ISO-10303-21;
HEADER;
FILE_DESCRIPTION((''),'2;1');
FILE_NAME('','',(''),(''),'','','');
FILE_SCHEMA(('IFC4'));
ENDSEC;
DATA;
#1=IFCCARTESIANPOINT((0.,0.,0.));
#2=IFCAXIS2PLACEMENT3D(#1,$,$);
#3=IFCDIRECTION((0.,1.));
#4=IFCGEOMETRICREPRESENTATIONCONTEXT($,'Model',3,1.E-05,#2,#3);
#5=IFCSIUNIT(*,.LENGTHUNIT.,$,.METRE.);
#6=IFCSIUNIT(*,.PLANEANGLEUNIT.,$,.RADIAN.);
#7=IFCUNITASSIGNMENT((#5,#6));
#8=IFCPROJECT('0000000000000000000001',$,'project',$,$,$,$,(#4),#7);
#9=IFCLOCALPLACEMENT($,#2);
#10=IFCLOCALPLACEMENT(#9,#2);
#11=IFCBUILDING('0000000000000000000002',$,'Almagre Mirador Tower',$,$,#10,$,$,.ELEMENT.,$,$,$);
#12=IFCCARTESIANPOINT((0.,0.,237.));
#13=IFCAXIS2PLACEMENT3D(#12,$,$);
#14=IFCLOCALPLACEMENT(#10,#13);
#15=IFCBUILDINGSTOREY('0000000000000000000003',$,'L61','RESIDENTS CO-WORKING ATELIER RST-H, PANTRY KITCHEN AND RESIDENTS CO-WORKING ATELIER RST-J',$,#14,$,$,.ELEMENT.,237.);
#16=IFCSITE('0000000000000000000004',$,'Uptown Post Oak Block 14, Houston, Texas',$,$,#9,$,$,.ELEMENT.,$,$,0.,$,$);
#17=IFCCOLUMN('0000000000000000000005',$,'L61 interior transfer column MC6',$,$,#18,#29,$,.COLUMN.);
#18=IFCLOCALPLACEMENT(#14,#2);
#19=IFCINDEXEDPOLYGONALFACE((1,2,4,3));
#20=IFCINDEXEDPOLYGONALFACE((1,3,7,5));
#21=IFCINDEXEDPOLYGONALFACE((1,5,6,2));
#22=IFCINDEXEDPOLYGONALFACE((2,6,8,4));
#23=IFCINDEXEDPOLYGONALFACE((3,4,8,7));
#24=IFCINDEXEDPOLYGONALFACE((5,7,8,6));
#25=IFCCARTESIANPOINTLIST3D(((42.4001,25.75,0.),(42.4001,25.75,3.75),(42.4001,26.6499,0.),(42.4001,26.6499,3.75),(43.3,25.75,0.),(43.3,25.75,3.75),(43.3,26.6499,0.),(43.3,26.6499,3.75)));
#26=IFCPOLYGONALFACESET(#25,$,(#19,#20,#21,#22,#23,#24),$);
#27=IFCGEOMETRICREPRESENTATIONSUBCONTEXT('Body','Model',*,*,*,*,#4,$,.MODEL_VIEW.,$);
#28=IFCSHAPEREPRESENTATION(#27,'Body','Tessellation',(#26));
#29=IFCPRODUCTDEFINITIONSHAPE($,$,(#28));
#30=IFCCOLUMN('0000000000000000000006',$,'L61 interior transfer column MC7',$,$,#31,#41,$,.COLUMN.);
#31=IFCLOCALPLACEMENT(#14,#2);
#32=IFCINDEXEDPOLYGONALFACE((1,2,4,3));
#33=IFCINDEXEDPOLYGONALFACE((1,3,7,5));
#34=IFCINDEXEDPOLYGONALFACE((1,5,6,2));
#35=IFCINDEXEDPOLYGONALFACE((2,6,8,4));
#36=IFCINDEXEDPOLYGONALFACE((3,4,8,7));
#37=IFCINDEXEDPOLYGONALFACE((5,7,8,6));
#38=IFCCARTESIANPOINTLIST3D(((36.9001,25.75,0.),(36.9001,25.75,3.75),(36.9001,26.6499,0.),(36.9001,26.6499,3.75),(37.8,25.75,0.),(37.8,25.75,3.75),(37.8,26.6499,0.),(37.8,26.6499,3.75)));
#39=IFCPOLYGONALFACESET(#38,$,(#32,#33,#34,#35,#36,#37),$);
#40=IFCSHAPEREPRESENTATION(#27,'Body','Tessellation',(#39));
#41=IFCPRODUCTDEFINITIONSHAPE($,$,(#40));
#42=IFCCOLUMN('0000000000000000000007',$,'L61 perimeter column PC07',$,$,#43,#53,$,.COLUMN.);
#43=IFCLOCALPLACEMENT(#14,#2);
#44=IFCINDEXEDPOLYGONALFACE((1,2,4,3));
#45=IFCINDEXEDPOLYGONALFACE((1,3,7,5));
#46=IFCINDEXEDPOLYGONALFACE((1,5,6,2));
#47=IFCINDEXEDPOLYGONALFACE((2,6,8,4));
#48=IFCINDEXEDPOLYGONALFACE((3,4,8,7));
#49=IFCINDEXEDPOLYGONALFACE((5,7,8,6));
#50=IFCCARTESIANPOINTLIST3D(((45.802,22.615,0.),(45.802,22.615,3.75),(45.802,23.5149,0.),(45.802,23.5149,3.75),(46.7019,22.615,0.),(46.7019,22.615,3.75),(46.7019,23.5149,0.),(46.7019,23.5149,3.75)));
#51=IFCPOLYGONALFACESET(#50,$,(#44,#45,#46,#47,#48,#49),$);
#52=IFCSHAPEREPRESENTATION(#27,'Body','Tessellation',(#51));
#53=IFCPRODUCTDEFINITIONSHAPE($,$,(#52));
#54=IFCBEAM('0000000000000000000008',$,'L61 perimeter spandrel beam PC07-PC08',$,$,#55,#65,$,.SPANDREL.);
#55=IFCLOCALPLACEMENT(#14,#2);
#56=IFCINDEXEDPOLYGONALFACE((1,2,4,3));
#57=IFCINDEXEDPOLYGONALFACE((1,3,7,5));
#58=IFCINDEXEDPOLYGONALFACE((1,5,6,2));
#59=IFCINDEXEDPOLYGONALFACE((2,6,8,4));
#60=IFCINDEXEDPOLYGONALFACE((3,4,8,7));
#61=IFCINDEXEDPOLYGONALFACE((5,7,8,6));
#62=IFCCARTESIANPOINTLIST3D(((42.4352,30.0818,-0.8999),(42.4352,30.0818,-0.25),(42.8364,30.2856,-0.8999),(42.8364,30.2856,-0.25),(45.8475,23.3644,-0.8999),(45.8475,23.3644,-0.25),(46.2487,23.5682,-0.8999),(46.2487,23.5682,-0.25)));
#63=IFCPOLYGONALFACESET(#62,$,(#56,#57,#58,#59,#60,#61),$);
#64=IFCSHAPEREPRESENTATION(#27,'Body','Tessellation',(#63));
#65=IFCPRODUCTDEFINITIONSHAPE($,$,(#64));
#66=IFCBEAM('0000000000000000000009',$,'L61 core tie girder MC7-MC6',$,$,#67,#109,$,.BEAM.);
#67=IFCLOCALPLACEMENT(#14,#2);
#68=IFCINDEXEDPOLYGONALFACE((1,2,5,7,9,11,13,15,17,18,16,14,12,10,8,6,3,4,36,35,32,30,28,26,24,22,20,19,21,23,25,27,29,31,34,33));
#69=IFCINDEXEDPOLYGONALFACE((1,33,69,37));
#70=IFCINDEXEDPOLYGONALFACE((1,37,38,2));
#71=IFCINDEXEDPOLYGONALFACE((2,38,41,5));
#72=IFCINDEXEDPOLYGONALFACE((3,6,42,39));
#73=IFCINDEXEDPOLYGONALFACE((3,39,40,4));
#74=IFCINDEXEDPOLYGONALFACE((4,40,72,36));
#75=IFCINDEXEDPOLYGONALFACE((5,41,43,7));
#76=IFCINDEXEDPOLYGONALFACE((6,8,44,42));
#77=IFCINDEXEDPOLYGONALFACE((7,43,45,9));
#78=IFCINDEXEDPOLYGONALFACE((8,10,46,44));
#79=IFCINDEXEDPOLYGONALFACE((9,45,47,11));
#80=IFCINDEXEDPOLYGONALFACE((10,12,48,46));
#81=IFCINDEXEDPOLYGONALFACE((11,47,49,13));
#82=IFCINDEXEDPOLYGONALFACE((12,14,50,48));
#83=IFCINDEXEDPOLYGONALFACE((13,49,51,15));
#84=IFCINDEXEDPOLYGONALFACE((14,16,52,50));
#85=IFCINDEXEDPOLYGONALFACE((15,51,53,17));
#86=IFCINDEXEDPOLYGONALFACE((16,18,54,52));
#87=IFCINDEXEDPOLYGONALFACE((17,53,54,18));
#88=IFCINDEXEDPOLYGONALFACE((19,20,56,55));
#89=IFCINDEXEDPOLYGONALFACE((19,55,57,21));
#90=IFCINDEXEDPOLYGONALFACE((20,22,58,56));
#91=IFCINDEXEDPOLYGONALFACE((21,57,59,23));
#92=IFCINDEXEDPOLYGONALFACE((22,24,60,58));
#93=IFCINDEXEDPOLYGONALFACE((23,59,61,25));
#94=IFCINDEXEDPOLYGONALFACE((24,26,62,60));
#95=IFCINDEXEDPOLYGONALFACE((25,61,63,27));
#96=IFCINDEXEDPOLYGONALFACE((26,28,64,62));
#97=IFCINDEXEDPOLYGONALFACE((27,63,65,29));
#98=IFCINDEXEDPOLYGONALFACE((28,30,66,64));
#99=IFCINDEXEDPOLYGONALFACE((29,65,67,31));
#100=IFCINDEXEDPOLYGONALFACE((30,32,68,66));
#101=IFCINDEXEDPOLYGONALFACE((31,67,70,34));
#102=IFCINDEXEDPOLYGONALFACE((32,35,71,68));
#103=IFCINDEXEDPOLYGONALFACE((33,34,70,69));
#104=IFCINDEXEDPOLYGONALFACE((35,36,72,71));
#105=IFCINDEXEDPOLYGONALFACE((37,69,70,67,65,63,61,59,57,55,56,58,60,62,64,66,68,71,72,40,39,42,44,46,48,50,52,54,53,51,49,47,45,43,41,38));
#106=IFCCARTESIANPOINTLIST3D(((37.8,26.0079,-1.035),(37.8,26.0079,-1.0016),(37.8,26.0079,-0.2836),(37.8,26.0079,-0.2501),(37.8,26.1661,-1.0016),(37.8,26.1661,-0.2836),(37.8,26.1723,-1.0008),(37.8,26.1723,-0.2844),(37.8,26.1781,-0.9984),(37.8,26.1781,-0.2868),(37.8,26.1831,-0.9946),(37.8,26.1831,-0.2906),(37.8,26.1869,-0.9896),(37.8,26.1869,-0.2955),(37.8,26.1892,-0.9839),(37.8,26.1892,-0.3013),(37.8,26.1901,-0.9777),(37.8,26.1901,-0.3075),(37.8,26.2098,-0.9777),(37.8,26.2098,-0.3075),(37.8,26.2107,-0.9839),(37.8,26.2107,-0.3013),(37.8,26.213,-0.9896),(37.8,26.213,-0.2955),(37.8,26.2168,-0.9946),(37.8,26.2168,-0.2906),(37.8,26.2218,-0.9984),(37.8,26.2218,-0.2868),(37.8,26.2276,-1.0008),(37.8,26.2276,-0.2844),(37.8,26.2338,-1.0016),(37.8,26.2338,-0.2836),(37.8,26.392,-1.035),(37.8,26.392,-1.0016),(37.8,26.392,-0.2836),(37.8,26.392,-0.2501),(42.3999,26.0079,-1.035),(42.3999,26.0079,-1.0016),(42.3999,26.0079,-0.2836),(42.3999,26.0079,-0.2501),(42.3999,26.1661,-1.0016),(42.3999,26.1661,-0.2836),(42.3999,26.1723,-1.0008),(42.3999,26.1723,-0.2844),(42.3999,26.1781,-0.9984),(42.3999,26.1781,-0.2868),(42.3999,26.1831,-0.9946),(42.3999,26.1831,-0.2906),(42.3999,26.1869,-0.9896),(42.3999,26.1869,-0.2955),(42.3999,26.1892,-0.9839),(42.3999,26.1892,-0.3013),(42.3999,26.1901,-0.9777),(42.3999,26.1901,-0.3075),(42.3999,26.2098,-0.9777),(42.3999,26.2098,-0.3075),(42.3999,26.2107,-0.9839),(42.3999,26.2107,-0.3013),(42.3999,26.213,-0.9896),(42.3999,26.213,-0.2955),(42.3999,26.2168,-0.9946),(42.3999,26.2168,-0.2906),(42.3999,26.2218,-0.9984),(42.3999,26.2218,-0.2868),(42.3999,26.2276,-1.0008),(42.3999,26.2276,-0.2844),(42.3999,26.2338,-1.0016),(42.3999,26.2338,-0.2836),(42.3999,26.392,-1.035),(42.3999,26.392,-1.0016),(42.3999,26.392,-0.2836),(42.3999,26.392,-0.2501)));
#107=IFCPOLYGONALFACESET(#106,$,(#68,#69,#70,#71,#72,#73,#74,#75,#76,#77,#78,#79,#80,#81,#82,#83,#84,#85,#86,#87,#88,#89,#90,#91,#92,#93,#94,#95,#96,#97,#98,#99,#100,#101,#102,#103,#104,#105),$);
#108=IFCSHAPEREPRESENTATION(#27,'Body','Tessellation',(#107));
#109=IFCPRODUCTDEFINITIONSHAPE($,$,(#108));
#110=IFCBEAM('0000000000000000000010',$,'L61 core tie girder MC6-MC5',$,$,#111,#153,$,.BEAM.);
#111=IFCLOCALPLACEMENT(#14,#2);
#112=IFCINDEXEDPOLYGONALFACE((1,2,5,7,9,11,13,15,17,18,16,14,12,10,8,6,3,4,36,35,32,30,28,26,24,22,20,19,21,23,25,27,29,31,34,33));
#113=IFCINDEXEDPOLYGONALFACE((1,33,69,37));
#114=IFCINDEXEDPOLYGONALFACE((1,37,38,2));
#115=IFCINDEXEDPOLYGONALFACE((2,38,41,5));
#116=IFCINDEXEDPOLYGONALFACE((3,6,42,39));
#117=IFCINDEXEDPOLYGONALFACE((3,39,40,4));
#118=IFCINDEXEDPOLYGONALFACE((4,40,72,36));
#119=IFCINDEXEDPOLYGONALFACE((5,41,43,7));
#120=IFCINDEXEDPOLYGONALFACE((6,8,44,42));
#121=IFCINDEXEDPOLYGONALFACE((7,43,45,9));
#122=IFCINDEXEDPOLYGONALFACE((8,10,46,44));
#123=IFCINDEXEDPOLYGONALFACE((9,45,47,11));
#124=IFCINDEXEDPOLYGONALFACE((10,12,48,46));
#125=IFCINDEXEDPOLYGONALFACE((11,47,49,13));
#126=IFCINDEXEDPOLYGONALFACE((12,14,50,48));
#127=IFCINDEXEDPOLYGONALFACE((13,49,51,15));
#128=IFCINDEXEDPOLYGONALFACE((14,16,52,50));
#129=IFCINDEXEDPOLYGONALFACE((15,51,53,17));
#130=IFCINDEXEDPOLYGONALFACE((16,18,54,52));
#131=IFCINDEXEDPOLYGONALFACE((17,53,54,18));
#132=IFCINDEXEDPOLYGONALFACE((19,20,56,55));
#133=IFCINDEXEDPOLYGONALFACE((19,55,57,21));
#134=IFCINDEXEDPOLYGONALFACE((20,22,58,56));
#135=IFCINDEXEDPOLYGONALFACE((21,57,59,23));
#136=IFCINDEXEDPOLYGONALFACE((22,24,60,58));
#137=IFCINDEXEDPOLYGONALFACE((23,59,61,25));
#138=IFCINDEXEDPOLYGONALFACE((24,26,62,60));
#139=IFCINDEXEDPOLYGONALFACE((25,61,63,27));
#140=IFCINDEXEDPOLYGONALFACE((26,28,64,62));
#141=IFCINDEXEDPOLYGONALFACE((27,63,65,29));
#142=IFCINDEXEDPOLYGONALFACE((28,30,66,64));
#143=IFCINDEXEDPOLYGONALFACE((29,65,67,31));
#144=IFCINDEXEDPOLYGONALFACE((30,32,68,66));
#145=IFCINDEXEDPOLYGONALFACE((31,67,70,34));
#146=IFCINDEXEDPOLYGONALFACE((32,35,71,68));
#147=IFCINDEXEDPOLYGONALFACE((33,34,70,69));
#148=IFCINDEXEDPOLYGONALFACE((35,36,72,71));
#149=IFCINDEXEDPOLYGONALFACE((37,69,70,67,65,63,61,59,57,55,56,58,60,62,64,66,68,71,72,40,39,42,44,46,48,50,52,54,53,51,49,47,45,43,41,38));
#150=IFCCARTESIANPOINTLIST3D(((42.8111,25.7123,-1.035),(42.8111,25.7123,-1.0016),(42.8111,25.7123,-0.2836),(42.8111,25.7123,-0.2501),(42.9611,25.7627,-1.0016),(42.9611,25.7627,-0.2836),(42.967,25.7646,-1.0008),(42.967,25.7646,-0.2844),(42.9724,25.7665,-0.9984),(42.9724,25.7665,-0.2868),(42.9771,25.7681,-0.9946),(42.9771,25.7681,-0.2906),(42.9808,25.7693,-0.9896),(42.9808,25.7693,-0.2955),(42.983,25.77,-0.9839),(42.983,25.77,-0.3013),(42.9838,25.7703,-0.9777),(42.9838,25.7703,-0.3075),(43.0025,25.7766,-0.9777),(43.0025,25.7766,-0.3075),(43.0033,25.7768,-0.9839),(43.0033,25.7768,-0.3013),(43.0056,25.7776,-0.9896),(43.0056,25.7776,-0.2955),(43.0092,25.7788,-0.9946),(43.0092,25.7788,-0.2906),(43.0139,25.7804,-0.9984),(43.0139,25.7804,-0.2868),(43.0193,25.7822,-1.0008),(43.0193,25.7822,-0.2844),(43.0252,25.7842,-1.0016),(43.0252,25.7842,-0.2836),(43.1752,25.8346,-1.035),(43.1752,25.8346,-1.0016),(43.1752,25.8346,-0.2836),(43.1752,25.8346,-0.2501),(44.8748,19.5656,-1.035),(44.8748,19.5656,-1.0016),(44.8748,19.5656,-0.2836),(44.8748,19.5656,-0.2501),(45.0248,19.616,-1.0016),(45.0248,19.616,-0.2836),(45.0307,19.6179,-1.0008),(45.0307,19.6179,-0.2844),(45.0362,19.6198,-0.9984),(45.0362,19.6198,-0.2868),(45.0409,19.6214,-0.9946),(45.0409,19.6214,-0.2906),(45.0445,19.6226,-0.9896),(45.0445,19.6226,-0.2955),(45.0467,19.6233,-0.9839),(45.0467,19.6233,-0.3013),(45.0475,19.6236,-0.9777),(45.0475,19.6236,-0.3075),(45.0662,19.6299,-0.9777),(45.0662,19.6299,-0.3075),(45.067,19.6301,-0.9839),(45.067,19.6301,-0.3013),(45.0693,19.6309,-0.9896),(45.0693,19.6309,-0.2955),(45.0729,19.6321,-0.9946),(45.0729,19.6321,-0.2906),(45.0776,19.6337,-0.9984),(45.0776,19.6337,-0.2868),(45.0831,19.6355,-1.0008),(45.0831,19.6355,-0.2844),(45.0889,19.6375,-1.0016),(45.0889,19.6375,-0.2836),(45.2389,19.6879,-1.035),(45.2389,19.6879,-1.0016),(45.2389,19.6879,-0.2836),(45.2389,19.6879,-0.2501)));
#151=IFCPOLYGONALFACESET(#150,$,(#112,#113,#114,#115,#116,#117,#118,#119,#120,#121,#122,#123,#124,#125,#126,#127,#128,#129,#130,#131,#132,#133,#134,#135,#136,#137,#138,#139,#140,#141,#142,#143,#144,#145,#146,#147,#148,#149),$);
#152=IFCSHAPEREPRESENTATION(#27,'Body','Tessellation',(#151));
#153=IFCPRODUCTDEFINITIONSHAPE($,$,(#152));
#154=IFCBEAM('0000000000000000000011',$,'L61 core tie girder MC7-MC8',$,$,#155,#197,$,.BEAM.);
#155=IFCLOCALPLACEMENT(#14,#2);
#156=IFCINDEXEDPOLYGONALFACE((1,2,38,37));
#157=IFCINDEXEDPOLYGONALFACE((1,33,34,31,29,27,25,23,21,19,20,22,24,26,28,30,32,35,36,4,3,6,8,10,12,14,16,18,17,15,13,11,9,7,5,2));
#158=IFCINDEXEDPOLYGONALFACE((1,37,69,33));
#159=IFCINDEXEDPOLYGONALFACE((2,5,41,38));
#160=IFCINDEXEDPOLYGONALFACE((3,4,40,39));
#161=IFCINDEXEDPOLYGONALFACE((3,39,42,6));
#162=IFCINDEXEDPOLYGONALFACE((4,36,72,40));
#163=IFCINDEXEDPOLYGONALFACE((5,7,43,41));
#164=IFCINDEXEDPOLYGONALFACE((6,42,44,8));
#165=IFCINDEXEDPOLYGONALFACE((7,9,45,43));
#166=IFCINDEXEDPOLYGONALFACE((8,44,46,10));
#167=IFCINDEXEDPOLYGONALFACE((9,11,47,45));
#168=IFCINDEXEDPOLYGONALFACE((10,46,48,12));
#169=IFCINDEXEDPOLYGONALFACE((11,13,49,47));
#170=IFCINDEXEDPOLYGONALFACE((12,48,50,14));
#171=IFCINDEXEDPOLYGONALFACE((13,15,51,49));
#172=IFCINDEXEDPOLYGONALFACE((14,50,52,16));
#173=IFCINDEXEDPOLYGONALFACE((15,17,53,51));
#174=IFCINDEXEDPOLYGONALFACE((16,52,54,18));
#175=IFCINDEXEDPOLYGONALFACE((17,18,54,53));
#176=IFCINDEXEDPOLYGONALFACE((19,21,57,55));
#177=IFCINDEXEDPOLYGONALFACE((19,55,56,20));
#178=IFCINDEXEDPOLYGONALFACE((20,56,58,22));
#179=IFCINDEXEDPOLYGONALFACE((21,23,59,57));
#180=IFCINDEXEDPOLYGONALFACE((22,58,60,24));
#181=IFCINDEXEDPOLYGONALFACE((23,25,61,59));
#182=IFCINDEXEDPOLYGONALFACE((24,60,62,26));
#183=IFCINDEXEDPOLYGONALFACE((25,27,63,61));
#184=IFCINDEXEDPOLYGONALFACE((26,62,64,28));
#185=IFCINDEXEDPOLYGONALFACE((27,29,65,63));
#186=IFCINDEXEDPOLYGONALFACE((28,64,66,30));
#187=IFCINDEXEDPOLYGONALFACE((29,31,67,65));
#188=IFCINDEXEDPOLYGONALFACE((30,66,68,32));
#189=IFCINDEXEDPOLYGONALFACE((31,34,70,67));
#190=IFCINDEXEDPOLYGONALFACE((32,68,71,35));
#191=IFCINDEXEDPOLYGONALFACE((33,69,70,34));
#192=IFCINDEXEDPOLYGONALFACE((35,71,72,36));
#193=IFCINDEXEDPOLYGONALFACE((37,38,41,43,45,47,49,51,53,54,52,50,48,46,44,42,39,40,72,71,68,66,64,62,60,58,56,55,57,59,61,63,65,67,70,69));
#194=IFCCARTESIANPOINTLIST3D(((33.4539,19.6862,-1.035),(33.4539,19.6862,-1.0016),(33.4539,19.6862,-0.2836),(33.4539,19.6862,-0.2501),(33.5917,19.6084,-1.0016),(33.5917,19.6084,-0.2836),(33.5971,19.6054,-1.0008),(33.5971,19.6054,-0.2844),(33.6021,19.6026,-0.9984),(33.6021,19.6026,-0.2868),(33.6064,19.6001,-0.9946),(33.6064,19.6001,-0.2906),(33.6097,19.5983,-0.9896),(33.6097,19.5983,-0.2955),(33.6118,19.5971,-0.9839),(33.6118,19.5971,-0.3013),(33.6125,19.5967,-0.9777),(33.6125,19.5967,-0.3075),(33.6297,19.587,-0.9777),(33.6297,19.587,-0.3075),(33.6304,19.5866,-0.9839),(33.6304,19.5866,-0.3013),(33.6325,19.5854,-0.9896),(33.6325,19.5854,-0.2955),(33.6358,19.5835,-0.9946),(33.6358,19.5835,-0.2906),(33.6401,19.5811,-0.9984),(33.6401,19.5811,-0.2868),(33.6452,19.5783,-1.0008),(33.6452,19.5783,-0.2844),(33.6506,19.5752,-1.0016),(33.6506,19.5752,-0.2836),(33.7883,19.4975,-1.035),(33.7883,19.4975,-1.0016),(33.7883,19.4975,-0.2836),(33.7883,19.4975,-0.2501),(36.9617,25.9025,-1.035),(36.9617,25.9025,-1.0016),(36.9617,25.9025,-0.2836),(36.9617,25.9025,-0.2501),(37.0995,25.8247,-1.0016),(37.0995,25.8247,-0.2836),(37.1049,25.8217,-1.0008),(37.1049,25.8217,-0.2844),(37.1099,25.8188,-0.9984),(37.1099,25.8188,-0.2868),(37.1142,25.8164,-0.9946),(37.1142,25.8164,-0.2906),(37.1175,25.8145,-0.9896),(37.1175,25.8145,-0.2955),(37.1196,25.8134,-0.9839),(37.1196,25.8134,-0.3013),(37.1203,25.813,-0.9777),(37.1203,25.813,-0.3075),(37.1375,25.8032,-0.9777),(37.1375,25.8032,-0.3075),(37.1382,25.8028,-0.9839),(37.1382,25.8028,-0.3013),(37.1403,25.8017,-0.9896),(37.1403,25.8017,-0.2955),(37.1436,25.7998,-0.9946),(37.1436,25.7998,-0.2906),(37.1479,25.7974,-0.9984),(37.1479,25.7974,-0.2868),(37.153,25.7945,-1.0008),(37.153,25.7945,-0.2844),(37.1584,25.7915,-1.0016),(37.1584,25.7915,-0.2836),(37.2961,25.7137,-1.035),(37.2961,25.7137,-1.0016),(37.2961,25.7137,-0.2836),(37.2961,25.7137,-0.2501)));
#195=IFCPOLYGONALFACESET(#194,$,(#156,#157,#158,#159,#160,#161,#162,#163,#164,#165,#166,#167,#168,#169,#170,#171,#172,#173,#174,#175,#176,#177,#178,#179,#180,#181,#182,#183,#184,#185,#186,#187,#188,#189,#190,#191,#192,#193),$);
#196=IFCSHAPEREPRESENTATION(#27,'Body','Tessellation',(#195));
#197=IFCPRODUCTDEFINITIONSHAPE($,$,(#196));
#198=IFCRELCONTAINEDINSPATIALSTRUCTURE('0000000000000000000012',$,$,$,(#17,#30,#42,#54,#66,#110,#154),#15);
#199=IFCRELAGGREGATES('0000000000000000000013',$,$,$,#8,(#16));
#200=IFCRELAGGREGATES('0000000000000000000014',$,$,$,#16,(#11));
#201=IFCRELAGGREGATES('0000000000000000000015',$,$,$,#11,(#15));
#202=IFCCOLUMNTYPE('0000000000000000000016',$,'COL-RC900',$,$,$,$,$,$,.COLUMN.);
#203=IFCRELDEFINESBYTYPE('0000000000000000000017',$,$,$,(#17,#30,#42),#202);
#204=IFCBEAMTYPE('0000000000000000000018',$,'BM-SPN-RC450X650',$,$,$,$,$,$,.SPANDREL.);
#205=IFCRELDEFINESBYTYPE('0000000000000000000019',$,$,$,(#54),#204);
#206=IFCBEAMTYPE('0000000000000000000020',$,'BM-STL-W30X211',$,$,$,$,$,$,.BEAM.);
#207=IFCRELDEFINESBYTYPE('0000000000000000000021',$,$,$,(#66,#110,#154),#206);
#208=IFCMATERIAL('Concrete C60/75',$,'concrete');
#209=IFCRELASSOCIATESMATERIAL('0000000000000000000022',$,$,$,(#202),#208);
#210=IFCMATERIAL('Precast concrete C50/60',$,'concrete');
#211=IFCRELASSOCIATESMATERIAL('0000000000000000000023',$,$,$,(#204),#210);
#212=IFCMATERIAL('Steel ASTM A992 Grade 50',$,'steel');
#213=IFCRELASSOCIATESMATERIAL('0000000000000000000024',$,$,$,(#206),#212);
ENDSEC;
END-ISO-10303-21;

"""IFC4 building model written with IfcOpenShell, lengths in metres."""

from ifc_helpers import new_model, si_unit, direction, frame, origin, origin_2d, place, context, subcontext, project, spatial, rectangle, i_section, extrude, material, material_profile, profile_set, type_object, element, save


model = new_model("IFC4")

# Units and contexts
model_context = context("Model", 3, precision=1e-05, world=origin(), true_north=direction((0.0, 1.0)))
body_context = subcontext(model_context, "Body", "Model", "MODEL_VIEW")
ifc_project = project(units=[si_unit("LENGTHUNIT", "METRE"), si_unit("PLANEANGLEUNIT", "RADIAN")], contexts=[model_context])

# Site, building, storey
site_placement = place(None, origin())
site = spatial("IfcSite", under=ifc_project, at=site_placement, Name="Uptown Post Oak Block 14, Houston, Texas", CompositionType="ELEMENT", RefElevation=0.0)
building_placement = place(site_placement, origin())
building = spatial("IfcBuilding", under=site, at=building_placement, Name="Almagre Mirador Tower", CompositionType="ELEMENT")
storey_placement = place(building_placement, frame((0.0, 0.0, 237.0)))
storey = spatial("IfcBuildingStorey", under=building, at=storey_placement, Name="L61", Description="RESIDENTS CO-WORKING ATELIER RST-H, PANTRY KITCHEN AND RESIDENTS CO-WORKING ATELIER RST-J", CompositionType="ELEMENT", Elevation=237.0)

# Columns
ifc_material_1 = material(Name="Concrete C60/75", Category="concrete")
ifc_material_profile_1 = material_profile(ifc_material_1, rectangle(XDim=0.8999, YDim=0.8999, at=origin_2d()), Name="RC900X900")
ifc_profile_set_1 = profile_set([ifc_material_profile_1], Name="Concrete C60/75")
column_type = type_object("IfcColumnType", Name="COL-RC900", PredefinedType="COLUMN", material=ifc_profile_set_1)
for number, where, z_axis, x_axis, name in (
    (1, (42.8501, 26.2, 0.0), (0.0, 0.0, 1.0), (1.0, 0.0, 0.0), "L61 interior transfer column MC6"),
    (2, (37.3501, 26.2, 0.0), (0.0, 0.0, 1.0), (1.0, 0.0, 0.0), "L61 interior transfer column MC7"),
    (3, (46.252, 23.0649, 0.0), (0.0, 0.0, 1.0), (1.0, 0.0, 0.0), "L61 perimeter column PC07"),
):
    element("IfcColumn", number, at=place(storey_placement, frame(where, z_axis=z_axis, x_axis=x_axis)), inside=storey, type_object=column_type, Name=name, PredefinedType="COLUMN", context=body_context, shape_type="SweptSolid", body=[
        extrude(rectangle(XDim=0.8999, YDim=0.8999, at=origin_2d()), origin(), (0.0, 0.0, 1.0), 3.75),
    ])

# Beams
ifc_material_2 = material(Name="Precast concrete C50/60", Category="concrete")
ifc_material_profile_2 = material_profile(ifc_material_2, rectangle(XDim=0.45, YDim=0.6499, at=origin_2d()), Name="RC450X650")
ifc_profile_set_2 = profile_set([ifc_material_profile_2], Name="Precast concrete C50/60")
beam_type_1 = type_object("IfcBeamType", Name="BM-SPN-RC450X650", PredefinedType="SPANDREL", material=ifc_profile_set_2)
beam_1_placement = place(storey_placement, frame((46.0481, 23.4663, -0.575), z_axis=(-0.452894, 0.891564, 0.0), x_axis=(-0.891564, -0.452894, 0.0)))
element("IfcBeam", 4, at=beam_1_placement, inside=storey, type_object=beam_type_1, Name="L61 perimeter spandrel beam PC07-PC08", PredefinedType="SPANDREL", context=body_context, shape_type="SweptSolid", body=[
    extrude(rectangle(XDim=0.45, YDim=0.6499, at=origin_2d()), origin(), (0.0, 0.0, 1.0), 7.5344),
])
ifc_material_3 = material(Name="Steel ASTM A992 Grade 50", Category="steel")
ifc_material_profile_3 = material_profile(ifc_material_3, i_section(OverallWidth=0.384, OverallDepth=0.7849, WebThickness=0.0198, FlangeThickness=0.0334, FilletRadius=0.0239, at=origin_2d()), Name="W30X211")
ifc_profile_set_3 = profile_set([ifc_material_profile_3], Name="Steel ASTM A992 Grade 50")
beam_type_2 = type_object("IfcBeamType", Name="BM-STL-W30X211", PredefinedType="BEAM", material=ifc_profile_set_3)
beam_2_placement = place(storey_placement, frame((37.8, 26.2, -0.6426), z_axis=(1.0, 0.0, 0.0), x_axis=(0.0, 1.0, 0.0)))
element("IfcBeam", 5, at=beam_2_placement, inside=storey, type_object=beam_type_2, Name="L61 core tie girder MC7-MC6", PredefinedType="BEAM", context=body_context, shape_type="SweptSolid", body=[
    extrude(i_section(OverallWidth=0.384, OverallDepth=0.7849, WebThickness=0.0198, FlangeThickness=0.0334, FilletRadius=0.0239, at=origin_2d()), origin(), (0.0, 0.0, 1.0), 4.5999),
])
beam_3_placement = place(storey_placement, frame((42.9932, 25.7734, -0.6426), z_axis=(0.318283, -0.947996, 0.0), x_axis=(0.947996, 0.318283, 0.0)))
element("IfcBeam", 6, at=beam_3_placement, inside=storey, type_object=beam_type_2, Name="L61 core tie girder MC6-MC5", PredefinedType="BEAM", context=body_context, shape_type="SweptSolid", body=[
    extrude(i_section(OverallWidth=0.384, OverallDepth=0.7849, WebThickness=0.0198, FlangeThickness=0.0334, FilletRadius=0.0239, at=origin_2d()), origin(), (0.0, 0.0, 1.0), 6.4839),
])
beam_4_placement = place(storey_placement, frame((37.1289, 25.8081, -0.6426), z_axis=(-0.491446, -0.870908, 0.0), x_axis=(0.870908, -0.491446, 0.0)))
element("IfcBeam", 7, at=beam_4_placement, inside=storey, type_object=beam_type_2, Name="L61 core tie girder MC7-MC8", PredefinedType="BEAM", context=body_context, shape_type="SweptSolid", body=[
    extrude(i_section(OverallWidth=0.384, OverallDepth=0.7849, WebThickness=0.0198, FlangeThickness=0.0334, FilletRadius=0.0239, at=origin_2d()), origin(), (0.0, 0.0, 1.0), 7.1377),
])

save(model, "model.ifc")
